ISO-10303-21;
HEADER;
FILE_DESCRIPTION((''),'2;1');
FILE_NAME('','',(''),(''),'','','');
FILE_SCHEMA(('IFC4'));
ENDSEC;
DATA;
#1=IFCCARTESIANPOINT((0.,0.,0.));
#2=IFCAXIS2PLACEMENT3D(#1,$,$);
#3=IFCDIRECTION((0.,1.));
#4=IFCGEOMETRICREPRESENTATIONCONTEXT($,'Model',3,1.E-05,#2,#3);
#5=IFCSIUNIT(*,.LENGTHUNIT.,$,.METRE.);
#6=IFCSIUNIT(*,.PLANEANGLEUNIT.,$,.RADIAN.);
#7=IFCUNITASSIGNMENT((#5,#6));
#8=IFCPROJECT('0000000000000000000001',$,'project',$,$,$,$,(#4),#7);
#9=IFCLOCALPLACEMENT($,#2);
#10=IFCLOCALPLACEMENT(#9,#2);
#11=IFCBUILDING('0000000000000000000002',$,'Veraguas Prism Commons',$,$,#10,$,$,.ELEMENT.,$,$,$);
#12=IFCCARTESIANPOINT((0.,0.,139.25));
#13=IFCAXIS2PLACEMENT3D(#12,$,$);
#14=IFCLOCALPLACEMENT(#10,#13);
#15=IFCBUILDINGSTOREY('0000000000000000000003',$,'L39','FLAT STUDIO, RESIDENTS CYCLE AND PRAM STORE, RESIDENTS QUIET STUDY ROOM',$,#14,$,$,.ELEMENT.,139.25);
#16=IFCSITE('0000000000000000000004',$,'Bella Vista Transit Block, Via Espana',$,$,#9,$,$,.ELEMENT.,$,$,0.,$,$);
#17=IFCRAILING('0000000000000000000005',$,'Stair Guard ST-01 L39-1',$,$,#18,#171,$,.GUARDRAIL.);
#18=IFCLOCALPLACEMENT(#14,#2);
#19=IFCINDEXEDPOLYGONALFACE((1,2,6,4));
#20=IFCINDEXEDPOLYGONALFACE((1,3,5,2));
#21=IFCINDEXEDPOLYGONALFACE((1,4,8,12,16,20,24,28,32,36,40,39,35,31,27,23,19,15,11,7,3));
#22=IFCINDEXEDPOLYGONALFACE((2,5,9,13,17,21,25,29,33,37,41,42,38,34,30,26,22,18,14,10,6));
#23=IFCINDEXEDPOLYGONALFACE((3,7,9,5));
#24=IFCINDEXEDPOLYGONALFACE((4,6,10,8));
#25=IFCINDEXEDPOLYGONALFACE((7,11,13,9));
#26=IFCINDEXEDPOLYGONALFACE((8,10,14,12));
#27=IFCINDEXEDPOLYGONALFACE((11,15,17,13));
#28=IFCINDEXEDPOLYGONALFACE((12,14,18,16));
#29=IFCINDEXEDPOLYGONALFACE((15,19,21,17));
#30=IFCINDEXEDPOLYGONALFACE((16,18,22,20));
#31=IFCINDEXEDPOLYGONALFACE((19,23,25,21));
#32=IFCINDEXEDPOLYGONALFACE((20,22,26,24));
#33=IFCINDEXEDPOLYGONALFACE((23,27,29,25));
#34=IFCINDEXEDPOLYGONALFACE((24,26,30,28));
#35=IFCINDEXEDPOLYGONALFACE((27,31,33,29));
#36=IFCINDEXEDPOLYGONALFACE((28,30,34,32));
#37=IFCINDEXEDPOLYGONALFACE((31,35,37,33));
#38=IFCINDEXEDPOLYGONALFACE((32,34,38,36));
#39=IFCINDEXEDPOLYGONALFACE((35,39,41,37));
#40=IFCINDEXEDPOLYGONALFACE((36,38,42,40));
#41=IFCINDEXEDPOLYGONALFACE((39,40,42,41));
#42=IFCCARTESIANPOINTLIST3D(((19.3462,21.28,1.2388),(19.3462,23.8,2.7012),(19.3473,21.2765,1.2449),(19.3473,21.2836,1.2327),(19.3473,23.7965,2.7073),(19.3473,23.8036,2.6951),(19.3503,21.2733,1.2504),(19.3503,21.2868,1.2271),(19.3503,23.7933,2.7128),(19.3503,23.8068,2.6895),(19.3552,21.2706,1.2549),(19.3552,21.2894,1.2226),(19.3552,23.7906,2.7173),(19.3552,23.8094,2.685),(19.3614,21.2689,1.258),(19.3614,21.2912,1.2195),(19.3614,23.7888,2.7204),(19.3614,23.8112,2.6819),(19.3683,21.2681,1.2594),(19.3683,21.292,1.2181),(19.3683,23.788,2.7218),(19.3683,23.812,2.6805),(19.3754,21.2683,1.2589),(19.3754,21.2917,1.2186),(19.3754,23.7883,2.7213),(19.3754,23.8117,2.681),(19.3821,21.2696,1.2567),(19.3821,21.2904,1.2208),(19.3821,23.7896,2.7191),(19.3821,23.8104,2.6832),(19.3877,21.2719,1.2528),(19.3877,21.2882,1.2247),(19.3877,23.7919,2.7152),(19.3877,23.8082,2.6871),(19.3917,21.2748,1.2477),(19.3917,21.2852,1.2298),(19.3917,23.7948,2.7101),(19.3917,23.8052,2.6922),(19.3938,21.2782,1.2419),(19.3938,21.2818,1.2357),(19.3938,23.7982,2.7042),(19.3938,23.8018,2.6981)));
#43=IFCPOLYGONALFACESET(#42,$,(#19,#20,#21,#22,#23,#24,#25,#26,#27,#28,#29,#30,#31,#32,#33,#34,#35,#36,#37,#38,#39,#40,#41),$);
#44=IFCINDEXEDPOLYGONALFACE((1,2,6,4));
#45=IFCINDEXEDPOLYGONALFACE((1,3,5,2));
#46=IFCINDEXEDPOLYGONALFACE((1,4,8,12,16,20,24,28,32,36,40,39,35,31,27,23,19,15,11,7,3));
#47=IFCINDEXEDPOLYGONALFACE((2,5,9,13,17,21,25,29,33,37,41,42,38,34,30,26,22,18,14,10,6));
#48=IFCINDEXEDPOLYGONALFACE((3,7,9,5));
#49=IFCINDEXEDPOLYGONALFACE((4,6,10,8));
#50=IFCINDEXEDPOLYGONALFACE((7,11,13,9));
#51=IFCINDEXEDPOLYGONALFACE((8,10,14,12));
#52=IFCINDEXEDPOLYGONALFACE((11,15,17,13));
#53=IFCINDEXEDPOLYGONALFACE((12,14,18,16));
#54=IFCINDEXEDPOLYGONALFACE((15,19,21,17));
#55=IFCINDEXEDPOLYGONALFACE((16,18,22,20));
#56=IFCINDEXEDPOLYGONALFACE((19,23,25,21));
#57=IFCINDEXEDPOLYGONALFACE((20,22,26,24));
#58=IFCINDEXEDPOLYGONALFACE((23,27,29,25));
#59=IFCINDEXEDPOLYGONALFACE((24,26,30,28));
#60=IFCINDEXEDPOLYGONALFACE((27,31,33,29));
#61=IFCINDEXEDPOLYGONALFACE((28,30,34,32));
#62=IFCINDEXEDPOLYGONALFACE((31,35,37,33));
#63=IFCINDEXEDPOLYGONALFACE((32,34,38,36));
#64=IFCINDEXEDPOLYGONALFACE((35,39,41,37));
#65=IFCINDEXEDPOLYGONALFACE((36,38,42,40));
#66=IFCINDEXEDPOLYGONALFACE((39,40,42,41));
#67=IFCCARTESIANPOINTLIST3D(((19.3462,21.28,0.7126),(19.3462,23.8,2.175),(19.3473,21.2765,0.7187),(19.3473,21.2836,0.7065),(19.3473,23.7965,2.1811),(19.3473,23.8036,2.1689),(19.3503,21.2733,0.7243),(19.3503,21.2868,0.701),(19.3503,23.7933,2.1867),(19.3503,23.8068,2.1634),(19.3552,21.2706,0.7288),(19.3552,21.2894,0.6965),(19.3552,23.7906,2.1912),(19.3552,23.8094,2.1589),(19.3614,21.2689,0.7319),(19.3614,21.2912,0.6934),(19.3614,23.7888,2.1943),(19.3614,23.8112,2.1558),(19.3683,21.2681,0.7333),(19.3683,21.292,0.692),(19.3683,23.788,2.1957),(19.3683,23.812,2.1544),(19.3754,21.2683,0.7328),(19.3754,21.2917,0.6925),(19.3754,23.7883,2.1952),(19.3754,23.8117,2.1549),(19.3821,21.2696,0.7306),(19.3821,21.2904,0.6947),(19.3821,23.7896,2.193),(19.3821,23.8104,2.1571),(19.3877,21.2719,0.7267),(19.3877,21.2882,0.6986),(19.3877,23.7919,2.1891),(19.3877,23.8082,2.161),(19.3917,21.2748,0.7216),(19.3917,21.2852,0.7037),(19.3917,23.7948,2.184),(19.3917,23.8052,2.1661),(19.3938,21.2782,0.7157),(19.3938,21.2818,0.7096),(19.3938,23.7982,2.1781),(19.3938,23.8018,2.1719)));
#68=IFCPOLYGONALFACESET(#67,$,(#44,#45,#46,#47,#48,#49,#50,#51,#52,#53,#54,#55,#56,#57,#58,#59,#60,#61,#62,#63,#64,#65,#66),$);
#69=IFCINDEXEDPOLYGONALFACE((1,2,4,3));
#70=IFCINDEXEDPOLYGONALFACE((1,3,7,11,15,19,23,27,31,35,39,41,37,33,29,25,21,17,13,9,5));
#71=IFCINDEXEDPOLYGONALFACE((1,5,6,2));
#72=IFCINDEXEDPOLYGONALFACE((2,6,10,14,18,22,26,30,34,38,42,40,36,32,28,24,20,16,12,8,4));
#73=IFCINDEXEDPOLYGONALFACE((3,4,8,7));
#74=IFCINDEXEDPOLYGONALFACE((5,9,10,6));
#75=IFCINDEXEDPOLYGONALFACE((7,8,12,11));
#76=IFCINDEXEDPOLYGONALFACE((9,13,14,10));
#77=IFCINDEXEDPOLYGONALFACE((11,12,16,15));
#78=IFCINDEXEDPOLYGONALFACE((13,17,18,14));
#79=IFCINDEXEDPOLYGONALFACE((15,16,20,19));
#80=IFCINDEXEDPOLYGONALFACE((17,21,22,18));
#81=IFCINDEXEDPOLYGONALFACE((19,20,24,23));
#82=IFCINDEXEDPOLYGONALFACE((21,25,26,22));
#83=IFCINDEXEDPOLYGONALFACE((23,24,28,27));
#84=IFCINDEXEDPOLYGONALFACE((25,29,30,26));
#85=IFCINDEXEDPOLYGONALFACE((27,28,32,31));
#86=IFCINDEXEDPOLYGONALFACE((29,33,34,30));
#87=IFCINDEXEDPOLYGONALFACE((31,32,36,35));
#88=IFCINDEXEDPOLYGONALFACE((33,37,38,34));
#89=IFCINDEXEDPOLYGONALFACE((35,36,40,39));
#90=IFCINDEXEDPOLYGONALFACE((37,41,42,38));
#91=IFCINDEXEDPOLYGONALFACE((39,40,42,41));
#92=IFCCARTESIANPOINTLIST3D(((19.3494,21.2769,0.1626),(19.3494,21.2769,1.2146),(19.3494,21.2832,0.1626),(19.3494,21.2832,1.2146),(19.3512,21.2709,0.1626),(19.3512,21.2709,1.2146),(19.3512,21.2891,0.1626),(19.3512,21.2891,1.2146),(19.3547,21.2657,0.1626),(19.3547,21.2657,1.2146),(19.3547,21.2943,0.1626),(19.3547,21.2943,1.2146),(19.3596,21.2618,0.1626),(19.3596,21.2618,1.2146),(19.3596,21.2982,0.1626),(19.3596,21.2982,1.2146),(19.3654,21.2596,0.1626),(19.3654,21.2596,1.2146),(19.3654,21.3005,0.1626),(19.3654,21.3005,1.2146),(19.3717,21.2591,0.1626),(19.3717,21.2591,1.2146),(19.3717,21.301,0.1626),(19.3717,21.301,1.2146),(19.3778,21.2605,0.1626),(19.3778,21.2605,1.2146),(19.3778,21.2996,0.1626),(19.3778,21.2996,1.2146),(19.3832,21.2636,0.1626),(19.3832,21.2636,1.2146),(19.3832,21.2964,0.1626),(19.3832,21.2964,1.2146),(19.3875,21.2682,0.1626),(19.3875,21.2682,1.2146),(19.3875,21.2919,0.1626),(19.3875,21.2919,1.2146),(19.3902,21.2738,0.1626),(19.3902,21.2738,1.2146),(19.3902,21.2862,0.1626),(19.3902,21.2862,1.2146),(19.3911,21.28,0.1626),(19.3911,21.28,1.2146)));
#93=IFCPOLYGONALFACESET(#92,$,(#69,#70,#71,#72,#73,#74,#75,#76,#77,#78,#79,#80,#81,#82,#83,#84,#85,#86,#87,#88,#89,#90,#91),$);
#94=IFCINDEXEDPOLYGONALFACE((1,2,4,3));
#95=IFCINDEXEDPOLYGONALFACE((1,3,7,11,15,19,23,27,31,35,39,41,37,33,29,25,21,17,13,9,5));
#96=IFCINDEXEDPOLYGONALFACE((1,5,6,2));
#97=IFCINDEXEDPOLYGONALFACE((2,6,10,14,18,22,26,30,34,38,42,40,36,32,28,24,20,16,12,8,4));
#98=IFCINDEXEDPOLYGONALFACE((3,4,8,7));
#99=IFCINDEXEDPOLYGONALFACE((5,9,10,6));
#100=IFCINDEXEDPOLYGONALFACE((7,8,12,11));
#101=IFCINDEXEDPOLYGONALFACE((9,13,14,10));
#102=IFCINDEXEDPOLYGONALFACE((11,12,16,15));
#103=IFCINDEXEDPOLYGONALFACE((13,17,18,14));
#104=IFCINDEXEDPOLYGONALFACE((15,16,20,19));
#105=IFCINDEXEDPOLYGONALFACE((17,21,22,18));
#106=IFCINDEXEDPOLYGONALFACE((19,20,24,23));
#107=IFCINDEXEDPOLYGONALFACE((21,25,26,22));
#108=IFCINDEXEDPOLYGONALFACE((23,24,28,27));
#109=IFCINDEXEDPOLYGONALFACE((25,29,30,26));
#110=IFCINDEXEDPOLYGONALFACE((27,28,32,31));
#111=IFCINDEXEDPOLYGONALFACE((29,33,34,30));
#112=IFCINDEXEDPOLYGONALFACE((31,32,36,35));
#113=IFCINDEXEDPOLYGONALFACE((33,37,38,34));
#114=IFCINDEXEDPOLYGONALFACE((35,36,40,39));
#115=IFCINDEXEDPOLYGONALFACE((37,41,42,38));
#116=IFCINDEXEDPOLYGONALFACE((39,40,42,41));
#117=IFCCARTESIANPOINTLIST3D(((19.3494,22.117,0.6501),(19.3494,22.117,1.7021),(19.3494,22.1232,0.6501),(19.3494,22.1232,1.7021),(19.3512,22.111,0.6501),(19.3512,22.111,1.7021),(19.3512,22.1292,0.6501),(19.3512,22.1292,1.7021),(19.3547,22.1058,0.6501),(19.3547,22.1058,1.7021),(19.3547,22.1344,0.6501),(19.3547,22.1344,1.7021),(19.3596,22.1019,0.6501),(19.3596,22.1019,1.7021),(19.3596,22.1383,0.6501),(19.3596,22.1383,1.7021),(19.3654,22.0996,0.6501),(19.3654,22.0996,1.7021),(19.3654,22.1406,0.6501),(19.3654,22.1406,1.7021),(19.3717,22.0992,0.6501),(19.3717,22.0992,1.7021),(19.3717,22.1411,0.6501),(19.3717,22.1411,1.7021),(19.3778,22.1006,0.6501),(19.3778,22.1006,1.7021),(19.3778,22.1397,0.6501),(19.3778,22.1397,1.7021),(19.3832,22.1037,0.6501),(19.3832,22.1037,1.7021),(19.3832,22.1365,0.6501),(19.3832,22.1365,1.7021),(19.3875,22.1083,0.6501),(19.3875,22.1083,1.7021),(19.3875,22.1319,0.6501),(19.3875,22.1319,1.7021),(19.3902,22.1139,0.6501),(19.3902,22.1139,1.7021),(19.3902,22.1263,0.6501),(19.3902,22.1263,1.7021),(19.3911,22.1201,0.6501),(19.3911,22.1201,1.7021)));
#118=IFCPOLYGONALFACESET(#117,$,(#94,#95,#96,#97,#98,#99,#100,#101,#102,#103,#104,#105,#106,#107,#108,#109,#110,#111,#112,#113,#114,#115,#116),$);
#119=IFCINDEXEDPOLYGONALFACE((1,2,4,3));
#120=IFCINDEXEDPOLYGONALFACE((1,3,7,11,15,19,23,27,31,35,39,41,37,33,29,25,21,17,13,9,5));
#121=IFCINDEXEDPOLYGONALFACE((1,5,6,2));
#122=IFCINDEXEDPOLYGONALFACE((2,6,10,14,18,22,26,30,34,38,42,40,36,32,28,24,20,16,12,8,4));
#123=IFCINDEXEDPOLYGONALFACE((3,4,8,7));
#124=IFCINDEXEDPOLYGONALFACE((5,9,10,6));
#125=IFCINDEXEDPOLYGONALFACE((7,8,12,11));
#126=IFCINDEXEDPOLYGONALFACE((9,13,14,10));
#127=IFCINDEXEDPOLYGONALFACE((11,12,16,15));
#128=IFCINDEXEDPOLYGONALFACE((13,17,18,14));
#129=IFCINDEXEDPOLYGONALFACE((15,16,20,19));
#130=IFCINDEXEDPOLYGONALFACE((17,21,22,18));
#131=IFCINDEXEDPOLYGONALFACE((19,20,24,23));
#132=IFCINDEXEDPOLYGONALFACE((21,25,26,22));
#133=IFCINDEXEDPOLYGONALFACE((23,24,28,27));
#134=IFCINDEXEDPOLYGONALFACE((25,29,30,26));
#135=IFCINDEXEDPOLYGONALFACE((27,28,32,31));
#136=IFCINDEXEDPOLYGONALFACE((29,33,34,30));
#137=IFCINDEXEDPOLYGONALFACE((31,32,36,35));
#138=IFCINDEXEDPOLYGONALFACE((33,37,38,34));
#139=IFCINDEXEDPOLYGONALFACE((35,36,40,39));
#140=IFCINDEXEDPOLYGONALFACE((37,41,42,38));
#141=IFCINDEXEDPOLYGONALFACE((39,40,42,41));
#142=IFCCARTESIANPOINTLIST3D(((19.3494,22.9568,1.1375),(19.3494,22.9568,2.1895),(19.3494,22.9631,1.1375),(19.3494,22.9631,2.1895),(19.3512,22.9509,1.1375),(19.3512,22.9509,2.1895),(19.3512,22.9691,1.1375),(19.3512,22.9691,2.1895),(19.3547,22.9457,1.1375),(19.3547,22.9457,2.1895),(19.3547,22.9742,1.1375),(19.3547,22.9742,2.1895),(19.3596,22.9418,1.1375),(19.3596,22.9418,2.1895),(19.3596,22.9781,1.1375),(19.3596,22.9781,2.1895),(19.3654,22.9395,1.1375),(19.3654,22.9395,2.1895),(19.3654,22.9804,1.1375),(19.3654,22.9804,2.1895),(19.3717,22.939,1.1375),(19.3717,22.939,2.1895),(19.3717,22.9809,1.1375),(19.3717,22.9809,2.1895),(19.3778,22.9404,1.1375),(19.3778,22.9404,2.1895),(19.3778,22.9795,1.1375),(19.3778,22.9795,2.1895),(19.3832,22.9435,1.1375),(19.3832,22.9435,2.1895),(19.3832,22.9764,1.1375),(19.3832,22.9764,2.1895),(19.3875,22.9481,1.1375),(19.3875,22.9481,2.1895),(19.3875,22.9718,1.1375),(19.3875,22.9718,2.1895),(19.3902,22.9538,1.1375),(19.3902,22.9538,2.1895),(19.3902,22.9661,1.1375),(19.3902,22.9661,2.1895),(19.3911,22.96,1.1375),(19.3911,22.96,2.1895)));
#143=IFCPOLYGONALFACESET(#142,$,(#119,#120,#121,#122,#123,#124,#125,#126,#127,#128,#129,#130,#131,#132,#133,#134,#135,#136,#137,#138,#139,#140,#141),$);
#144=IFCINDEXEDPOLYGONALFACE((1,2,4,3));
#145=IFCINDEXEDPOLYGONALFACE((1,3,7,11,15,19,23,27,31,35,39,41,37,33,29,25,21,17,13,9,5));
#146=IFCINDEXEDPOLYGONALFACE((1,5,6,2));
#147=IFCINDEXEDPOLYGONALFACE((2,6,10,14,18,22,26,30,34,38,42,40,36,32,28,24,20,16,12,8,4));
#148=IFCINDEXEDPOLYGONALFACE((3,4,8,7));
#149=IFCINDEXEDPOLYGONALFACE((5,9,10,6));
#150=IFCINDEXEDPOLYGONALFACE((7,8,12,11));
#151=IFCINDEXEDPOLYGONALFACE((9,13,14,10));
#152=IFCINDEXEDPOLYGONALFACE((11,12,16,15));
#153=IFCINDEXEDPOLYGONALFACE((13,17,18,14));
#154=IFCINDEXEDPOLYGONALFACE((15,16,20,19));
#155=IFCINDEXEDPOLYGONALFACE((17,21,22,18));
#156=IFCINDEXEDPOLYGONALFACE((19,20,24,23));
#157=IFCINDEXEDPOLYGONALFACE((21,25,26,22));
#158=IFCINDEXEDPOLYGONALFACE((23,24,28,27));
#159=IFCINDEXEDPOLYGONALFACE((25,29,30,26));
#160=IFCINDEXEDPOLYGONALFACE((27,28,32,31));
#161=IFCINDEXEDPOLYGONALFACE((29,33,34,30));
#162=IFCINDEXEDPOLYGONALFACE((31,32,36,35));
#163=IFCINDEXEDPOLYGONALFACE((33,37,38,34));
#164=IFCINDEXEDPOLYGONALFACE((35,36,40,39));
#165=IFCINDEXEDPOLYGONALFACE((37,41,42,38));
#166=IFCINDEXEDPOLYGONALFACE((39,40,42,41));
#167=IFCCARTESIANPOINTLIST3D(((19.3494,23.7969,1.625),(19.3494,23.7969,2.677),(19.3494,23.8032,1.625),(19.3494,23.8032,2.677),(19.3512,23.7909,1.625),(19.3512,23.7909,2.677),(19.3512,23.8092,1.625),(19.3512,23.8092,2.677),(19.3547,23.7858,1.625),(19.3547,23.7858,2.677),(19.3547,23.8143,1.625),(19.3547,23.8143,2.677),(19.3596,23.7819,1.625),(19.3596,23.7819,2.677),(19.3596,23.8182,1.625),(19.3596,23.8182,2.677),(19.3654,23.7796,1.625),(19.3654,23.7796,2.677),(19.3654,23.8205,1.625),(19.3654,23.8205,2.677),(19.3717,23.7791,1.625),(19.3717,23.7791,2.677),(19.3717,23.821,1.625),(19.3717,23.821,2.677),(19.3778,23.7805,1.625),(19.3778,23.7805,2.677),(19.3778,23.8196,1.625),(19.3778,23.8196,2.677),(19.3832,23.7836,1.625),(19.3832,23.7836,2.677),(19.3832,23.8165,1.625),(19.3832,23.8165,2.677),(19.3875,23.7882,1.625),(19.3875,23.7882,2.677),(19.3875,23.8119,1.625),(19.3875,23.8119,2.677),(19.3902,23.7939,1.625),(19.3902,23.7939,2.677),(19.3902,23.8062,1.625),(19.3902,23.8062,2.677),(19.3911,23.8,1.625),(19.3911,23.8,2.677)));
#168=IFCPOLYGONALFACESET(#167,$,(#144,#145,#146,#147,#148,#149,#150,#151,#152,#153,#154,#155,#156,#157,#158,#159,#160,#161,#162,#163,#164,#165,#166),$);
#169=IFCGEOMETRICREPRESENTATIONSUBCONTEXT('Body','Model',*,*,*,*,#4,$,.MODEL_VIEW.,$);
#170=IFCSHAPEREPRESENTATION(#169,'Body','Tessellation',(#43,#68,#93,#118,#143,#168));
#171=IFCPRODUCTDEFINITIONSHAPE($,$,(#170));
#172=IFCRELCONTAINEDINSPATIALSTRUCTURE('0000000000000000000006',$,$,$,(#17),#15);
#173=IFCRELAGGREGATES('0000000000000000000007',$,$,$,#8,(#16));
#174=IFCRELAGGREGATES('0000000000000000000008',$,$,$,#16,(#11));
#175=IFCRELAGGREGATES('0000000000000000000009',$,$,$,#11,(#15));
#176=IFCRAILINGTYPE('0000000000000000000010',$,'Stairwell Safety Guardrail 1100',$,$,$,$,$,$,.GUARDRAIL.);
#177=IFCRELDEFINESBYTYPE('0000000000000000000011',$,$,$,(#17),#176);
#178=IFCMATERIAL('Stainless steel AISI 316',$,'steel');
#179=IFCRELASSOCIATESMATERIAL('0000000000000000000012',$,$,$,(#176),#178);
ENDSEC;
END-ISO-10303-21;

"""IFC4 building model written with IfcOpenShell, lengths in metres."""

from ifc_helpers import new_model, si_unit, direction, frame, origin, origin_2d, place, context, subcontext, project, spatial, circle, extrude, material, type_object, element, save


model = new_model("IFC4")

# Units and contexts
model_context = context("Model", 3, precision=1e-05, world=origin(), true_north=direction((0.0, 1.0)))
body_context = subcontext(model_context, "Body", "Model", "MODEL_VIEW")
ifc_project = project(units=[si_unit("LENGTHUNIT", "METRE"), si_unit("PLANEANGLEUNIT", "RADIAN")], contexts=[model_context])

# Site, building, storey
site_placement = place(None, origin())
site = spatial("IfcSite", under=ifc_project, at=site_placement, Name="Bella Vista Transit Block, Via Espana", CompositionType="ELEMENT", RefElevation=0.0)
building_placement = place(site_placement, origin())
building = spatial("IfcBuilding", under=site, at=building_placement, Name="Veraguas Prism Commons", CompositionType="ELEMENT")
storey_placement = place(building_placement, frame((0.0, 0.0, 139.25)))
storey = spatial("IfcBuildingStorey", under=building, at=storey_placement, Name="L39", Description="FLAT STUDIO, RESIDENTS CYCLE AND PRAM STORE, RESIDENTS QUIET STUDY ROOM", CompositionType="ELEMENT", Elevation=139.25)

# Railing
ifc_material_1 = material(Name="Stainless steel AISI 316", Category="steel")
railing_type_1 = type_object("IfcRailingType", Name="Stairwell Safety Guardrail 1100", PredefinedType="GUARDRAIL", material=ifc_material_1)
railing_1_placement = place(storey_placement, frame((19.3701, 21.28, 0.1626)))
element("IfcRailing", 1, at=railing_1_placement, inside=storey, type_object=railing_type_1, Name="Stair Guard ST-01 L39-1", PredefinedType="GUARDRAIL", context=body_context, shape_type="SweptSolid", body=[
    extrude(circle(Radius=0.0239, at=origin_2d()), frame((0.0, 0.0, 1.0762), z_axis=(0.0, 0.864913, 0.501921), x_axis=(-1.0, 0.0, 0.0)), (0.0, 0.0, 1.0), 2.9136),
    extrude(circle(Radius=0.0239, at=origin_2d()), frame((0.0, 0.0, 0.55), z_axis=(0.0, 0.864913, 0.501921), x_axis=(-1.0, 0.0, 0.0)), (0.0, 0.0, 1.0), 2.9136),
    extrude(circle(Radius=0.021, at=origin_2d()), origin(), (0.0, 0.0, 1.0), 1.052),
    extrude(circle(Radius=0.021, at=origin_2d()), frame((0.0, 0.8401, 0.4875)), (0.0, 0.0, 1.0), 1.052),
    extrude(circle(Radius=0.021, at=origin_2d()), frame((0.0, 1.6799, 0.9749)), (0.0, 0.0, 1.0), 1.052),
    extrude(circle(Radius=0.021, at=origin_2d()), frame((0.0, 2.52, 1.4624)), (0.0, 0.0, 1.0), 1.052),
])

save(model, "model.ifc")
